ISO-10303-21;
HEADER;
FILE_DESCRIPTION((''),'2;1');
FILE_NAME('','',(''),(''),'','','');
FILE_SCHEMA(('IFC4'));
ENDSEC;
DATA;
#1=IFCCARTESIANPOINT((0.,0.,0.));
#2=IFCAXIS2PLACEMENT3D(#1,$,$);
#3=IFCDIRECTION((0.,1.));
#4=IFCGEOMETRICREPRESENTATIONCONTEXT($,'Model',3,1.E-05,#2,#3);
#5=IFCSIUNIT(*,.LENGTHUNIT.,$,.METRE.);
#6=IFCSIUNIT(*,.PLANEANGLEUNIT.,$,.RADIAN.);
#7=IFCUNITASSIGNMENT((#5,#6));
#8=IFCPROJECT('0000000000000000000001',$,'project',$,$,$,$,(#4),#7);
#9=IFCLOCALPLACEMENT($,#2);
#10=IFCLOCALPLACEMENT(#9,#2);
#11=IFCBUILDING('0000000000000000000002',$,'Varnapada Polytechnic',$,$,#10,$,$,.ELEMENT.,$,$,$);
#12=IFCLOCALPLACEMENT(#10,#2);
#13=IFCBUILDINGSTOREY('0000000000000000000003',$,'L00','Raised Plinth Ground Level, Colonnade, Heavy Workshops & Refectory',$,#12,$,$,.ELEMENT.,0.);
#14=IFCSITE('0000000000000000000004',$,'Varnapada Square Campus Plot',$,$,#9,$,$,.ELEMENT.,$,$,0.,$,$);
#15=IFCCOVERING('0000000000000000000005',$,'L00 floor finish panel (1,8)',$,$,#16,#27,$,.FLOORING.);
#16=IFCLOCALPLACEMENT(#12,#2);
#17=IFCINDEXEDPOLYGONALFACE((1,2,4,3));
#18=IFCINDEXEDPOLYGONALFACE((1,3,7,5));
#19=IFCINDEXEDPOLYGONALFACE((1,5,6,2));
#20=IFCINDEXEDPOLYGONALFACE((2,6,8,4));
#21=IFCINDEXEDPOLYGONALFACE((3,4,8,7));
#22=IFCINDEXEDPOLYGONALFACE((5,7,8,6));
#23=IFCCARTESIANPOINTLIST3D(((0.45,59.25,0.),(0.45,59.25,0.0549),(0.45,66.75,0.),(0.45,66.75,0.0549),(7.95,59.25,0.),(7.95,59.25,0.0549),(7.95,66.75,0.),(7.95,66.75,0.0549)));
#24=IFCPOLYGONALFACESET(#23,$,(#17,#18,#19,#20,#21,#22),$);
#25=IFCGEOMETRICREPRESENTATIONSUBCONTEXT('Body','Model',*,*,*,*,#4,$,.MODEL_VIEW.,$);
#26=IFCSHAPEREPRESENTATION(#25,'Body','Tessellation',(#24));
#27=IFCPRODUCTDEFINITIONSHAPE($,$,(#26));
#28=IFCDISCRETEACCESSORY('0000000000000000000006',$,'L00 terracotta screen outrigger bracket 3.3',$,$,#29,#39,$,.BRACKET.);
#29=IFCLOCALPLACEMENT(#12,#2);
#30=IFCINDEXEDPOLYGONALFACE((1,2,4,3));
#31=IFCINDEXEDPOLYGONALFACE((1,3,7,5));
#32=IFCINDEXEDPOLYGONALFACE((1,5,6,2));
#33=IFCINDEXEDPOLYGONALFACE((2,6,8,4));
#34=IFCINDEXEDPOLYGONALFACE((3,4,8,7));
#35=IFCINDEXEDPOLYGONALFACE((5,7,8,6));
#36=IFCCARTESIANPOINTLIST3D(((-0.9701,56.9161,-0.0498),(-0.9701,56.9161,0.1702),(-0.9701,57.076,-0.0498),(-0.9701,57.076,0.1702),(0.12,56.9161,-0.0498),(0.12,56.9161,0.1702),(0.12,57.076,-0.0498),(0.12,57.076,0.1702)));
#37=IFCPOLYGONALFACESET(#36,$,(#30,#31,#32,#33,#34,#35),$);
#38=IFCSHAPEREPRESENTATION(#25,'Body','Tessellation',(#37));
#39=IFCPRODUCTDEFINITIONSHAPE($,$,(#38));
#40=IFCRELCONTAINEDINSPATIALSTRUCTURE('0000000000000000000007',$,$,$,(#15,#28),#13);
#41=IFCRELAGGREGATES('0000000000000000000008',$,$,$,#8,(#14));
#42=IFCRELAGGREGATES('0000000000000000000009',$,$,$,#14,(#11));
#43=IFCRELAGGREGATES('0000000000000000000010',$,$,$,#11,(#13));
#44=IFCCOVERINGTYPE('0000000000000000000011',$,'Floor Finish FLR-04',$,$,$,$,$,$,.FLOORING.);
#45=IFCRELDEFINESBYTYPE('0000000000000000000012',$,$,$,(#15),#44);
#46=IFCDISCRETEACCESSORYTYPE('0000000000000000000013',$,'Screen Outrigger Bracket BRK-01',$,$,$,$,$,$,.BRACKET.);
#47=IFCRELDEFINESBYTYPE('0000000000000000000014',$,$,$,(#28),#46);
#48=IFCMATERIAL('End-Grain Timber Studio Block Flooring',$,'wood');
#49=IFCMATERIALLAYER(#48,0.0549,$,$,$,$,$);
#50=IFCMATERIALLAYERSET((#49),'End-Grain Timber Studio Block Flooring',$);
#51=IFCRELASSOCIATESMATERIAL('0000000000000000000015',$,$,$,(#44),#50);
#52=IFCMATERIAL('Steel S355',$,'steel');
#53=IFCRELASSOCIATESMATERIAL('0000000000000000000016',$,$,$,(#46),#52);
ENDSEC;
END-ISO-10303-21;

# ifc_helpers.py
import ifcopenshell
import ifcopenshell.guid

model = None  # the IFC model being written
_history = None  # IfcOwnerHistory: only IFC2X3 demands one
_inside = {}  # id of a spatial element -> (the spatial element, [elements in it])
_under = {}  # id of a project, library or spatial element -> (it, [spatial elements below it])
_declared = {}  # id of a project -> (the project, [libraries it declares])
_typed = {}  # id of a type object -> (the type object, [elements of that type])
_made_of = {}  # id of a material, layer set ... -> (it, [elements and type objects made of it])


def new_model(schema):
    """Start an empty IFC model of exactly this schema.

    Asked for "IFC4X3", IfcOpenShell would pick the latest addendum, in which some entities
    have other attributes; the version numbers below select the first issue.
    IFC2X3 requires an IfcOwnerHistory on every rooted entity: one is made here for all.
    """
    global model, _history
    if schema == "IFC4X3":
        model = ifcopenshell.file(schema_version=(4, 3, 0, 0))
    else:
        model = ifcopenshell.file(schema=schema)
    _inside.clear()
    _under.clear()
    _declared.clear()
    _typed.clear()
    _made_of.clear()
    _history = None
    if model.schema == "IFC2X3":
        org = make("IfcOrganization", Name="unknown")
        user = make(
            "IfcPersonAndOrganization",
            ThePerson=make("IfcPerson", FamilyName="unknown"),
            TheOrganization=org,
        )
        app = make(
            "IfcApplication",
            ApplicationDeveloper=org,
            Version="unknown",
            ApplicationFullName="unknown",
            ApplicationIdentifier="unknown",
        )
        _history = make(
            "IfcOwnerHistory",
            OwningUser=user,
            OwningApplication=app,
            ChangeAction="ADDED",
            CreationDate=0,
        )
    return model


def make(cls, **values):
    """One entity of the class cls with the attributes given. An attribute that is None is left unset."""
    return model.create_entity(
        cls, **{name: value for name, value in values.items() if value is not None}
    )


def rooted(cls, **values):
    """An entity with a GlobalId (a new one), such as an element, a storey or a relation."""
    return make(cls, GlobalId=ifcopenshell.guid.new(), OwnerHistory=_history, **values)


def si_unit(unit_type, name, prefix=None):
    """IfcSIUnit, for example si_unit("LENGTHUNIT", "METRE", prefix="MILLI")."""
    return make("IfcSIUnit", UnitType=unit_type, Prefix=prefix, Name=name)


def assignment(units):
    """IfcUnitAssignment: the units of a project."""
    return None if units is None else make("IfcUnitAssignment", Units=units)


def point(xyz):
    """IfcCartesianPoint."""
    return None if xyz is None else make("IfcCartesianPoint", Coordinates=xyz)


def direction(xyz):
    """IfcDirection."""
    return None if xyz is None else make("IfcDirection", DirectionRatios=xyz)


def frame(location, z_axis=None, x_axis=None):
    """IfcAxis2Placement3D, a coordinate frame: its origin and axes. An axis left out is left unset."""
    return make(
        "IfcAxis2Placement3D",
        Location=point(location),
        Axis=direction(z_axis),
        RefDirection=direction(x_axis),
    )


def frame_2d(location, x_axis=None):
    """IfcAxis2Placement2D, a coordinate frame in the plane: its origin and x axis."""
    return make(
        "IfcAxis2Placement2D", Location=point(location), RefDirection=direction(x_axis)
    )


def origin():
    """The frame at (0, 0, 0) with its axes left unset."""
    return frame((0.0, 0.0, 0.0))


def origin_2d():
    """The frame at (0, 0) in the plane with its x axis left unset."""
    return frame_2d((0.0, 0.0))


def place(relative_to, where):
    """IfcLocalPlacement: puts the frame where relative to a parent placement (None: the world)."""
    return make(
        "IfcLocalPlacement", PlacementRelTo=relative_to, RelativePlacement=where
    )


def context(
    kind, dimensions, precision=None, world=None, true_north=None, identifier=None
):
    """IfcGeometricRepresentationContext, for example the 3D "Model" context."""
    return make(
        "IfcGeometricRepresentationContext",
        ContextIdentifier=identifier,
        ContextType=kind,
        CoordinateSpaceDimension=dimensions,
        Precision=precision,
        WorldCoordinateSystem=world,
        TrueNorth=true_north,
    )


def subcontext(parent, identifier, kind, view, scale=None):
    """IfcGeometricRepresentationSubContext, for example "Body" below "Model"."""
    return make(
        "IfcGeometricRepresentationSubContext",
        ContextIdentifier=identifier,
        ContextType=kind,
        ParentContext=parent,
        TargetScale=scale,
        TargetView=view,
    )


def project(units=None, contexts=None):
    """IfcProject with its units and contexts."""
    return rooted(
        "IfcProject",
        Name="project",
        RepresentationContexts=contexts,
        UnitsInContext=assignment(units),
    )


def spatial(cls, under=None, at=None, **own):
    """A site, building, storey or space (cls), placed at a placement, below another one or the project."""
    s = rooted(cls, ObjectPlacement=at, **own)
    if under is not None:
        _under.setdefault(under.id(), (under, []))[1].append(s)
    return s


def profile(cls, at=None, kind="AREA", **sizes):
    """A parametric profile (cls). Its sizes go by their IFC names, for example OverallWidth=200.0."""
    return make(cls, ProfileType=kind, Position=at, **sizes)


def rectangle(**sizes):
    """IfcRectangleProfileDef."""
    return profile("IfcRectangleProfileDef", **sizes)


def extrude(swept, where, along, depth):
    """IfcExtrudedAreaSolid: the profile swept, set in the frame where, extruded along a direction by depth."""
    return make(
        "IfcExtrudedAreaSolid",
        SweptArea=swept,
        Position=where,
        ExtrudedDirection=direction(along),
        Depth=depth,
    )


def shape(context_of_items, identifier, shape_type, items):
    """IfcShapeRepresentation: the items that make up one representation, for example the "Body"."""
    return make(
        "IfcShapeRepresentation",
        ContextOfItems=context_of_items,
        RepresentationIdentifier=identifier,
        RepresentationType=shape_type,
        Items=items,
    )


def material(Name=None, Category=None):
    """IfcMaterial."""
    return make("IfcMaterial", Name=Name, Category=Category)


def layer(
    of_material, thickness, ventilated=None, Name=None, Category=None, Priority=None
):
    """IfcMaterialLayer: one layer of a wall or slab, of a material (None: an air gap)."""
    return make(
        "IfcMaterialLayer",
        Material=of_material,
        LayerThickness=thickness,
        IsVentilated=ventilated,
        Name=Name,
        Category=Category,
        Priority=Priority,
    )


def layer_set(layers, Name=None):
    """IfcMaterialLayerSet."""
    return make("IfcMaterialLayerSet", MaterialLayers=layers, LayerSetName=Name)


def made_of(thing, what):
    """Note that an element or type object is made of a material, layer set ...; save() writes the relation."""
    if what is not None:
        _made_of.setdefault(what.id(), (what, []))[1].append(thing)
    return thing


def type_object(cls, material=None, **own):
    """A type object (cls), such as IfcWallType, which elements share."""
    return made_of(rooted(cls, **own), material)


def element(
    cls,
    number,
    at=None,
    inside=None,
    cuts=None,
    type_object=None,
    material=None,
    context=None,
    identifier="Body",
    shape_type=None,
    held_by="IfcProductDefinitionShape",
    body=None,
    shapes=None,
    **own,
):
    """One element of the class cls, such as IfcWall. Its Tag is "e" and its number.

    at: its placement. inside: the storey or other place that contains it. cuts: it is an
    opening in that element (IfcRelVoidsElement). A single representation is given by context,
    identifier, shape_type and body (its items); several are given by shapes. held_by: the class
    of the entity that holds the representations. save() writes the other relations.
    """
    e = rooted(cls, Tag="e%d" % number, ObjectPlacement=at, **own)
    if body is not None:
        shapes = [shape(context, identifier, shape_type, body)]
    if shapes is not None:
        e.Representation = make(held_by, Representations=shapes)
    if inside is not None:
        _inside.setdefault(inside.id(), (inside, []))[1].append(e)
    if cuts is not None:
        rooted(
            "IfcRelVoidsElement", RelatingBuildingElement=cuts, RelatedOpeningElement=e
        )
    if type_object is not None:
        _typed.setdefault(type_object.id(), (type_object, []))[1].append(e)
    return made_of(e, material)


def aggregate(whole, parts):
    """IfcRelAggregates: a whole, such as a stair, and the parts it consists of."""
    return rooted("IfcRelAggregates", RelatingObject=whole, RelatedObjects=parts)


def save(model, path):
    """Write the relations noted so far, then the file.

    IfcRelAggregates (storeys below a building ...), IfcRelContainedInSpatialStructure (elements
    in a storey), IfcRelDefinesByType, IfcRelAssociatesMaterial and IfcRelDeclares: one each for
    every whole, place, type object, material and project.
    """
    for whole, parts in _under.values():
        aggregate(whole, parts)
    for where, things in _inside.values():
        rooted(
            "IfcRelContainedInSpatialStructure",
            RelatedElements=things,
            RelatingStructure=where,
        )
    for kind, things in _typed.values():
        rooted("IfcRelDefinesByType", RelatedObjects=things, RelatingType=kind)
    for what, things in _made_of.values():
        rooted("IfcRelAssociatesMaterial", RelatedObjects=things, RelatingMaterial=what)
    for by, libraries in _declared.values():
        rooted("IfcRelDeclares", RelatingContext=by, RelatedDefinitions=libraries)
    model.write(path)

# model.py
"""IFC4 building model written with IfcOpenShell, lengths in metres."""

from ifc_helpers import new_model, si_unit, direction, frame, origin, origin_2d, place, context, subcontext, project, spatial, rectangle, extrude, material, layer, layer_set, type_object, element, save


model = new_model("IFC4")

# Units and contexts
model_context = context("Model", 3, precision=1e-05, world=origin(), true_north=direction((0.0, 1.0)))
body_context = subcontext(model_context, "Body", "Model", "MODEL_VIEW")
ifc_project = project(units=[si_unit("LENGTHUNIT", "METRE"), si_unit("PLANEANGLEUNIT", "RADIAN")], contexts=[model_context])

# Site, building, storey
site_placement = place(None, origin())
site = spatial("IfcSite", under=ifc_project, at=site_placement, Name="Varnapada Square Campus Plot", CompositionType="ELEMENT", RefElevation=0.0)
building_placement = place(site_placement, origin())
building = spatial("IfcBuilding", under=site, at=building_placement, Name="Varnapada Polytechnic", CompositionType="ELEMENT")
storey_placement = place(building_placement, origin())
storey = spatial("IfcBuildingStorey", under=building, at=storey_placement, Name="L00", Description="Raised Plinth Ground Level, Colonnade, Heavy Workshops & Refectory", CompositionType="ELEMENT", Elevation=0.0)

# Covering
ifc_material_1 = material(Name="End-Grain Timber Studio Block Flooring", Category="wood")
ifc_layer_1 = layer(ifc_material_1, 0.0549)
ifc_layer_set_1 = layer_set([ifc_layer_1], Name="End-Grain Timber Studio Block Flooring")
covering_type = type_object("IfcCoveringType", Name="Floor Finish FLR-04", PredefinedType="FLOORING", material=ifc_layer_set_1)
covering_placement = place(storey_placement, frame((4.2, 63.0, 0.0), z_axis=(0.0, 0.0, 1.0), x_axis=(1.0, 0.0, 0.0)))
element("IfcCovering", 1, at=covering_placement, inside=storey, type_object=covering_type, Name="L00 floor finish panel (1,8)", PredefinedType="FLOORING", context=body_context, shape_type="SweptSolid", body=[
    extrude(rectangle(XDim=7.5, YDim=7.5, at=origin_2d()), origin(), (0.0, 0.0, 1.0), 0.0549),
])

# Discrete accessory
ifc_material_2 = material(Name="Steel S355", Category="steel")
discrete_accessory_type = type_object("IfcDiscreteAccessoryType", Name="Screen Outrigger Bracket BRK-01", PredefinedType="BRACKET", material=ifc_material_2)
discrete_accessory_placement = place(storey_placement, frame((-0.425, 56.9961, -0.0498), z_axis=(0.0, 0.0, 1.0), x_axis=(0.0, 1.0, 0.0)))
element("IfcDiscreteAccessory", 2, at=discrete_accessory_placement, inside=storey, type_object=discrete_accessory_type, Name="L00 terracotta screen outrigger bracket 3.3", PredefinedType="BRACKET", context=body_context, shape_type="SweptSolid", body=[
    extrude(rectangle(XDim=0.1599, YDim=1.0901, at=origin_2d()), origin(), (0.0, 0.0, 1.0), 0.22),
])

save(model, "model.ifc")
